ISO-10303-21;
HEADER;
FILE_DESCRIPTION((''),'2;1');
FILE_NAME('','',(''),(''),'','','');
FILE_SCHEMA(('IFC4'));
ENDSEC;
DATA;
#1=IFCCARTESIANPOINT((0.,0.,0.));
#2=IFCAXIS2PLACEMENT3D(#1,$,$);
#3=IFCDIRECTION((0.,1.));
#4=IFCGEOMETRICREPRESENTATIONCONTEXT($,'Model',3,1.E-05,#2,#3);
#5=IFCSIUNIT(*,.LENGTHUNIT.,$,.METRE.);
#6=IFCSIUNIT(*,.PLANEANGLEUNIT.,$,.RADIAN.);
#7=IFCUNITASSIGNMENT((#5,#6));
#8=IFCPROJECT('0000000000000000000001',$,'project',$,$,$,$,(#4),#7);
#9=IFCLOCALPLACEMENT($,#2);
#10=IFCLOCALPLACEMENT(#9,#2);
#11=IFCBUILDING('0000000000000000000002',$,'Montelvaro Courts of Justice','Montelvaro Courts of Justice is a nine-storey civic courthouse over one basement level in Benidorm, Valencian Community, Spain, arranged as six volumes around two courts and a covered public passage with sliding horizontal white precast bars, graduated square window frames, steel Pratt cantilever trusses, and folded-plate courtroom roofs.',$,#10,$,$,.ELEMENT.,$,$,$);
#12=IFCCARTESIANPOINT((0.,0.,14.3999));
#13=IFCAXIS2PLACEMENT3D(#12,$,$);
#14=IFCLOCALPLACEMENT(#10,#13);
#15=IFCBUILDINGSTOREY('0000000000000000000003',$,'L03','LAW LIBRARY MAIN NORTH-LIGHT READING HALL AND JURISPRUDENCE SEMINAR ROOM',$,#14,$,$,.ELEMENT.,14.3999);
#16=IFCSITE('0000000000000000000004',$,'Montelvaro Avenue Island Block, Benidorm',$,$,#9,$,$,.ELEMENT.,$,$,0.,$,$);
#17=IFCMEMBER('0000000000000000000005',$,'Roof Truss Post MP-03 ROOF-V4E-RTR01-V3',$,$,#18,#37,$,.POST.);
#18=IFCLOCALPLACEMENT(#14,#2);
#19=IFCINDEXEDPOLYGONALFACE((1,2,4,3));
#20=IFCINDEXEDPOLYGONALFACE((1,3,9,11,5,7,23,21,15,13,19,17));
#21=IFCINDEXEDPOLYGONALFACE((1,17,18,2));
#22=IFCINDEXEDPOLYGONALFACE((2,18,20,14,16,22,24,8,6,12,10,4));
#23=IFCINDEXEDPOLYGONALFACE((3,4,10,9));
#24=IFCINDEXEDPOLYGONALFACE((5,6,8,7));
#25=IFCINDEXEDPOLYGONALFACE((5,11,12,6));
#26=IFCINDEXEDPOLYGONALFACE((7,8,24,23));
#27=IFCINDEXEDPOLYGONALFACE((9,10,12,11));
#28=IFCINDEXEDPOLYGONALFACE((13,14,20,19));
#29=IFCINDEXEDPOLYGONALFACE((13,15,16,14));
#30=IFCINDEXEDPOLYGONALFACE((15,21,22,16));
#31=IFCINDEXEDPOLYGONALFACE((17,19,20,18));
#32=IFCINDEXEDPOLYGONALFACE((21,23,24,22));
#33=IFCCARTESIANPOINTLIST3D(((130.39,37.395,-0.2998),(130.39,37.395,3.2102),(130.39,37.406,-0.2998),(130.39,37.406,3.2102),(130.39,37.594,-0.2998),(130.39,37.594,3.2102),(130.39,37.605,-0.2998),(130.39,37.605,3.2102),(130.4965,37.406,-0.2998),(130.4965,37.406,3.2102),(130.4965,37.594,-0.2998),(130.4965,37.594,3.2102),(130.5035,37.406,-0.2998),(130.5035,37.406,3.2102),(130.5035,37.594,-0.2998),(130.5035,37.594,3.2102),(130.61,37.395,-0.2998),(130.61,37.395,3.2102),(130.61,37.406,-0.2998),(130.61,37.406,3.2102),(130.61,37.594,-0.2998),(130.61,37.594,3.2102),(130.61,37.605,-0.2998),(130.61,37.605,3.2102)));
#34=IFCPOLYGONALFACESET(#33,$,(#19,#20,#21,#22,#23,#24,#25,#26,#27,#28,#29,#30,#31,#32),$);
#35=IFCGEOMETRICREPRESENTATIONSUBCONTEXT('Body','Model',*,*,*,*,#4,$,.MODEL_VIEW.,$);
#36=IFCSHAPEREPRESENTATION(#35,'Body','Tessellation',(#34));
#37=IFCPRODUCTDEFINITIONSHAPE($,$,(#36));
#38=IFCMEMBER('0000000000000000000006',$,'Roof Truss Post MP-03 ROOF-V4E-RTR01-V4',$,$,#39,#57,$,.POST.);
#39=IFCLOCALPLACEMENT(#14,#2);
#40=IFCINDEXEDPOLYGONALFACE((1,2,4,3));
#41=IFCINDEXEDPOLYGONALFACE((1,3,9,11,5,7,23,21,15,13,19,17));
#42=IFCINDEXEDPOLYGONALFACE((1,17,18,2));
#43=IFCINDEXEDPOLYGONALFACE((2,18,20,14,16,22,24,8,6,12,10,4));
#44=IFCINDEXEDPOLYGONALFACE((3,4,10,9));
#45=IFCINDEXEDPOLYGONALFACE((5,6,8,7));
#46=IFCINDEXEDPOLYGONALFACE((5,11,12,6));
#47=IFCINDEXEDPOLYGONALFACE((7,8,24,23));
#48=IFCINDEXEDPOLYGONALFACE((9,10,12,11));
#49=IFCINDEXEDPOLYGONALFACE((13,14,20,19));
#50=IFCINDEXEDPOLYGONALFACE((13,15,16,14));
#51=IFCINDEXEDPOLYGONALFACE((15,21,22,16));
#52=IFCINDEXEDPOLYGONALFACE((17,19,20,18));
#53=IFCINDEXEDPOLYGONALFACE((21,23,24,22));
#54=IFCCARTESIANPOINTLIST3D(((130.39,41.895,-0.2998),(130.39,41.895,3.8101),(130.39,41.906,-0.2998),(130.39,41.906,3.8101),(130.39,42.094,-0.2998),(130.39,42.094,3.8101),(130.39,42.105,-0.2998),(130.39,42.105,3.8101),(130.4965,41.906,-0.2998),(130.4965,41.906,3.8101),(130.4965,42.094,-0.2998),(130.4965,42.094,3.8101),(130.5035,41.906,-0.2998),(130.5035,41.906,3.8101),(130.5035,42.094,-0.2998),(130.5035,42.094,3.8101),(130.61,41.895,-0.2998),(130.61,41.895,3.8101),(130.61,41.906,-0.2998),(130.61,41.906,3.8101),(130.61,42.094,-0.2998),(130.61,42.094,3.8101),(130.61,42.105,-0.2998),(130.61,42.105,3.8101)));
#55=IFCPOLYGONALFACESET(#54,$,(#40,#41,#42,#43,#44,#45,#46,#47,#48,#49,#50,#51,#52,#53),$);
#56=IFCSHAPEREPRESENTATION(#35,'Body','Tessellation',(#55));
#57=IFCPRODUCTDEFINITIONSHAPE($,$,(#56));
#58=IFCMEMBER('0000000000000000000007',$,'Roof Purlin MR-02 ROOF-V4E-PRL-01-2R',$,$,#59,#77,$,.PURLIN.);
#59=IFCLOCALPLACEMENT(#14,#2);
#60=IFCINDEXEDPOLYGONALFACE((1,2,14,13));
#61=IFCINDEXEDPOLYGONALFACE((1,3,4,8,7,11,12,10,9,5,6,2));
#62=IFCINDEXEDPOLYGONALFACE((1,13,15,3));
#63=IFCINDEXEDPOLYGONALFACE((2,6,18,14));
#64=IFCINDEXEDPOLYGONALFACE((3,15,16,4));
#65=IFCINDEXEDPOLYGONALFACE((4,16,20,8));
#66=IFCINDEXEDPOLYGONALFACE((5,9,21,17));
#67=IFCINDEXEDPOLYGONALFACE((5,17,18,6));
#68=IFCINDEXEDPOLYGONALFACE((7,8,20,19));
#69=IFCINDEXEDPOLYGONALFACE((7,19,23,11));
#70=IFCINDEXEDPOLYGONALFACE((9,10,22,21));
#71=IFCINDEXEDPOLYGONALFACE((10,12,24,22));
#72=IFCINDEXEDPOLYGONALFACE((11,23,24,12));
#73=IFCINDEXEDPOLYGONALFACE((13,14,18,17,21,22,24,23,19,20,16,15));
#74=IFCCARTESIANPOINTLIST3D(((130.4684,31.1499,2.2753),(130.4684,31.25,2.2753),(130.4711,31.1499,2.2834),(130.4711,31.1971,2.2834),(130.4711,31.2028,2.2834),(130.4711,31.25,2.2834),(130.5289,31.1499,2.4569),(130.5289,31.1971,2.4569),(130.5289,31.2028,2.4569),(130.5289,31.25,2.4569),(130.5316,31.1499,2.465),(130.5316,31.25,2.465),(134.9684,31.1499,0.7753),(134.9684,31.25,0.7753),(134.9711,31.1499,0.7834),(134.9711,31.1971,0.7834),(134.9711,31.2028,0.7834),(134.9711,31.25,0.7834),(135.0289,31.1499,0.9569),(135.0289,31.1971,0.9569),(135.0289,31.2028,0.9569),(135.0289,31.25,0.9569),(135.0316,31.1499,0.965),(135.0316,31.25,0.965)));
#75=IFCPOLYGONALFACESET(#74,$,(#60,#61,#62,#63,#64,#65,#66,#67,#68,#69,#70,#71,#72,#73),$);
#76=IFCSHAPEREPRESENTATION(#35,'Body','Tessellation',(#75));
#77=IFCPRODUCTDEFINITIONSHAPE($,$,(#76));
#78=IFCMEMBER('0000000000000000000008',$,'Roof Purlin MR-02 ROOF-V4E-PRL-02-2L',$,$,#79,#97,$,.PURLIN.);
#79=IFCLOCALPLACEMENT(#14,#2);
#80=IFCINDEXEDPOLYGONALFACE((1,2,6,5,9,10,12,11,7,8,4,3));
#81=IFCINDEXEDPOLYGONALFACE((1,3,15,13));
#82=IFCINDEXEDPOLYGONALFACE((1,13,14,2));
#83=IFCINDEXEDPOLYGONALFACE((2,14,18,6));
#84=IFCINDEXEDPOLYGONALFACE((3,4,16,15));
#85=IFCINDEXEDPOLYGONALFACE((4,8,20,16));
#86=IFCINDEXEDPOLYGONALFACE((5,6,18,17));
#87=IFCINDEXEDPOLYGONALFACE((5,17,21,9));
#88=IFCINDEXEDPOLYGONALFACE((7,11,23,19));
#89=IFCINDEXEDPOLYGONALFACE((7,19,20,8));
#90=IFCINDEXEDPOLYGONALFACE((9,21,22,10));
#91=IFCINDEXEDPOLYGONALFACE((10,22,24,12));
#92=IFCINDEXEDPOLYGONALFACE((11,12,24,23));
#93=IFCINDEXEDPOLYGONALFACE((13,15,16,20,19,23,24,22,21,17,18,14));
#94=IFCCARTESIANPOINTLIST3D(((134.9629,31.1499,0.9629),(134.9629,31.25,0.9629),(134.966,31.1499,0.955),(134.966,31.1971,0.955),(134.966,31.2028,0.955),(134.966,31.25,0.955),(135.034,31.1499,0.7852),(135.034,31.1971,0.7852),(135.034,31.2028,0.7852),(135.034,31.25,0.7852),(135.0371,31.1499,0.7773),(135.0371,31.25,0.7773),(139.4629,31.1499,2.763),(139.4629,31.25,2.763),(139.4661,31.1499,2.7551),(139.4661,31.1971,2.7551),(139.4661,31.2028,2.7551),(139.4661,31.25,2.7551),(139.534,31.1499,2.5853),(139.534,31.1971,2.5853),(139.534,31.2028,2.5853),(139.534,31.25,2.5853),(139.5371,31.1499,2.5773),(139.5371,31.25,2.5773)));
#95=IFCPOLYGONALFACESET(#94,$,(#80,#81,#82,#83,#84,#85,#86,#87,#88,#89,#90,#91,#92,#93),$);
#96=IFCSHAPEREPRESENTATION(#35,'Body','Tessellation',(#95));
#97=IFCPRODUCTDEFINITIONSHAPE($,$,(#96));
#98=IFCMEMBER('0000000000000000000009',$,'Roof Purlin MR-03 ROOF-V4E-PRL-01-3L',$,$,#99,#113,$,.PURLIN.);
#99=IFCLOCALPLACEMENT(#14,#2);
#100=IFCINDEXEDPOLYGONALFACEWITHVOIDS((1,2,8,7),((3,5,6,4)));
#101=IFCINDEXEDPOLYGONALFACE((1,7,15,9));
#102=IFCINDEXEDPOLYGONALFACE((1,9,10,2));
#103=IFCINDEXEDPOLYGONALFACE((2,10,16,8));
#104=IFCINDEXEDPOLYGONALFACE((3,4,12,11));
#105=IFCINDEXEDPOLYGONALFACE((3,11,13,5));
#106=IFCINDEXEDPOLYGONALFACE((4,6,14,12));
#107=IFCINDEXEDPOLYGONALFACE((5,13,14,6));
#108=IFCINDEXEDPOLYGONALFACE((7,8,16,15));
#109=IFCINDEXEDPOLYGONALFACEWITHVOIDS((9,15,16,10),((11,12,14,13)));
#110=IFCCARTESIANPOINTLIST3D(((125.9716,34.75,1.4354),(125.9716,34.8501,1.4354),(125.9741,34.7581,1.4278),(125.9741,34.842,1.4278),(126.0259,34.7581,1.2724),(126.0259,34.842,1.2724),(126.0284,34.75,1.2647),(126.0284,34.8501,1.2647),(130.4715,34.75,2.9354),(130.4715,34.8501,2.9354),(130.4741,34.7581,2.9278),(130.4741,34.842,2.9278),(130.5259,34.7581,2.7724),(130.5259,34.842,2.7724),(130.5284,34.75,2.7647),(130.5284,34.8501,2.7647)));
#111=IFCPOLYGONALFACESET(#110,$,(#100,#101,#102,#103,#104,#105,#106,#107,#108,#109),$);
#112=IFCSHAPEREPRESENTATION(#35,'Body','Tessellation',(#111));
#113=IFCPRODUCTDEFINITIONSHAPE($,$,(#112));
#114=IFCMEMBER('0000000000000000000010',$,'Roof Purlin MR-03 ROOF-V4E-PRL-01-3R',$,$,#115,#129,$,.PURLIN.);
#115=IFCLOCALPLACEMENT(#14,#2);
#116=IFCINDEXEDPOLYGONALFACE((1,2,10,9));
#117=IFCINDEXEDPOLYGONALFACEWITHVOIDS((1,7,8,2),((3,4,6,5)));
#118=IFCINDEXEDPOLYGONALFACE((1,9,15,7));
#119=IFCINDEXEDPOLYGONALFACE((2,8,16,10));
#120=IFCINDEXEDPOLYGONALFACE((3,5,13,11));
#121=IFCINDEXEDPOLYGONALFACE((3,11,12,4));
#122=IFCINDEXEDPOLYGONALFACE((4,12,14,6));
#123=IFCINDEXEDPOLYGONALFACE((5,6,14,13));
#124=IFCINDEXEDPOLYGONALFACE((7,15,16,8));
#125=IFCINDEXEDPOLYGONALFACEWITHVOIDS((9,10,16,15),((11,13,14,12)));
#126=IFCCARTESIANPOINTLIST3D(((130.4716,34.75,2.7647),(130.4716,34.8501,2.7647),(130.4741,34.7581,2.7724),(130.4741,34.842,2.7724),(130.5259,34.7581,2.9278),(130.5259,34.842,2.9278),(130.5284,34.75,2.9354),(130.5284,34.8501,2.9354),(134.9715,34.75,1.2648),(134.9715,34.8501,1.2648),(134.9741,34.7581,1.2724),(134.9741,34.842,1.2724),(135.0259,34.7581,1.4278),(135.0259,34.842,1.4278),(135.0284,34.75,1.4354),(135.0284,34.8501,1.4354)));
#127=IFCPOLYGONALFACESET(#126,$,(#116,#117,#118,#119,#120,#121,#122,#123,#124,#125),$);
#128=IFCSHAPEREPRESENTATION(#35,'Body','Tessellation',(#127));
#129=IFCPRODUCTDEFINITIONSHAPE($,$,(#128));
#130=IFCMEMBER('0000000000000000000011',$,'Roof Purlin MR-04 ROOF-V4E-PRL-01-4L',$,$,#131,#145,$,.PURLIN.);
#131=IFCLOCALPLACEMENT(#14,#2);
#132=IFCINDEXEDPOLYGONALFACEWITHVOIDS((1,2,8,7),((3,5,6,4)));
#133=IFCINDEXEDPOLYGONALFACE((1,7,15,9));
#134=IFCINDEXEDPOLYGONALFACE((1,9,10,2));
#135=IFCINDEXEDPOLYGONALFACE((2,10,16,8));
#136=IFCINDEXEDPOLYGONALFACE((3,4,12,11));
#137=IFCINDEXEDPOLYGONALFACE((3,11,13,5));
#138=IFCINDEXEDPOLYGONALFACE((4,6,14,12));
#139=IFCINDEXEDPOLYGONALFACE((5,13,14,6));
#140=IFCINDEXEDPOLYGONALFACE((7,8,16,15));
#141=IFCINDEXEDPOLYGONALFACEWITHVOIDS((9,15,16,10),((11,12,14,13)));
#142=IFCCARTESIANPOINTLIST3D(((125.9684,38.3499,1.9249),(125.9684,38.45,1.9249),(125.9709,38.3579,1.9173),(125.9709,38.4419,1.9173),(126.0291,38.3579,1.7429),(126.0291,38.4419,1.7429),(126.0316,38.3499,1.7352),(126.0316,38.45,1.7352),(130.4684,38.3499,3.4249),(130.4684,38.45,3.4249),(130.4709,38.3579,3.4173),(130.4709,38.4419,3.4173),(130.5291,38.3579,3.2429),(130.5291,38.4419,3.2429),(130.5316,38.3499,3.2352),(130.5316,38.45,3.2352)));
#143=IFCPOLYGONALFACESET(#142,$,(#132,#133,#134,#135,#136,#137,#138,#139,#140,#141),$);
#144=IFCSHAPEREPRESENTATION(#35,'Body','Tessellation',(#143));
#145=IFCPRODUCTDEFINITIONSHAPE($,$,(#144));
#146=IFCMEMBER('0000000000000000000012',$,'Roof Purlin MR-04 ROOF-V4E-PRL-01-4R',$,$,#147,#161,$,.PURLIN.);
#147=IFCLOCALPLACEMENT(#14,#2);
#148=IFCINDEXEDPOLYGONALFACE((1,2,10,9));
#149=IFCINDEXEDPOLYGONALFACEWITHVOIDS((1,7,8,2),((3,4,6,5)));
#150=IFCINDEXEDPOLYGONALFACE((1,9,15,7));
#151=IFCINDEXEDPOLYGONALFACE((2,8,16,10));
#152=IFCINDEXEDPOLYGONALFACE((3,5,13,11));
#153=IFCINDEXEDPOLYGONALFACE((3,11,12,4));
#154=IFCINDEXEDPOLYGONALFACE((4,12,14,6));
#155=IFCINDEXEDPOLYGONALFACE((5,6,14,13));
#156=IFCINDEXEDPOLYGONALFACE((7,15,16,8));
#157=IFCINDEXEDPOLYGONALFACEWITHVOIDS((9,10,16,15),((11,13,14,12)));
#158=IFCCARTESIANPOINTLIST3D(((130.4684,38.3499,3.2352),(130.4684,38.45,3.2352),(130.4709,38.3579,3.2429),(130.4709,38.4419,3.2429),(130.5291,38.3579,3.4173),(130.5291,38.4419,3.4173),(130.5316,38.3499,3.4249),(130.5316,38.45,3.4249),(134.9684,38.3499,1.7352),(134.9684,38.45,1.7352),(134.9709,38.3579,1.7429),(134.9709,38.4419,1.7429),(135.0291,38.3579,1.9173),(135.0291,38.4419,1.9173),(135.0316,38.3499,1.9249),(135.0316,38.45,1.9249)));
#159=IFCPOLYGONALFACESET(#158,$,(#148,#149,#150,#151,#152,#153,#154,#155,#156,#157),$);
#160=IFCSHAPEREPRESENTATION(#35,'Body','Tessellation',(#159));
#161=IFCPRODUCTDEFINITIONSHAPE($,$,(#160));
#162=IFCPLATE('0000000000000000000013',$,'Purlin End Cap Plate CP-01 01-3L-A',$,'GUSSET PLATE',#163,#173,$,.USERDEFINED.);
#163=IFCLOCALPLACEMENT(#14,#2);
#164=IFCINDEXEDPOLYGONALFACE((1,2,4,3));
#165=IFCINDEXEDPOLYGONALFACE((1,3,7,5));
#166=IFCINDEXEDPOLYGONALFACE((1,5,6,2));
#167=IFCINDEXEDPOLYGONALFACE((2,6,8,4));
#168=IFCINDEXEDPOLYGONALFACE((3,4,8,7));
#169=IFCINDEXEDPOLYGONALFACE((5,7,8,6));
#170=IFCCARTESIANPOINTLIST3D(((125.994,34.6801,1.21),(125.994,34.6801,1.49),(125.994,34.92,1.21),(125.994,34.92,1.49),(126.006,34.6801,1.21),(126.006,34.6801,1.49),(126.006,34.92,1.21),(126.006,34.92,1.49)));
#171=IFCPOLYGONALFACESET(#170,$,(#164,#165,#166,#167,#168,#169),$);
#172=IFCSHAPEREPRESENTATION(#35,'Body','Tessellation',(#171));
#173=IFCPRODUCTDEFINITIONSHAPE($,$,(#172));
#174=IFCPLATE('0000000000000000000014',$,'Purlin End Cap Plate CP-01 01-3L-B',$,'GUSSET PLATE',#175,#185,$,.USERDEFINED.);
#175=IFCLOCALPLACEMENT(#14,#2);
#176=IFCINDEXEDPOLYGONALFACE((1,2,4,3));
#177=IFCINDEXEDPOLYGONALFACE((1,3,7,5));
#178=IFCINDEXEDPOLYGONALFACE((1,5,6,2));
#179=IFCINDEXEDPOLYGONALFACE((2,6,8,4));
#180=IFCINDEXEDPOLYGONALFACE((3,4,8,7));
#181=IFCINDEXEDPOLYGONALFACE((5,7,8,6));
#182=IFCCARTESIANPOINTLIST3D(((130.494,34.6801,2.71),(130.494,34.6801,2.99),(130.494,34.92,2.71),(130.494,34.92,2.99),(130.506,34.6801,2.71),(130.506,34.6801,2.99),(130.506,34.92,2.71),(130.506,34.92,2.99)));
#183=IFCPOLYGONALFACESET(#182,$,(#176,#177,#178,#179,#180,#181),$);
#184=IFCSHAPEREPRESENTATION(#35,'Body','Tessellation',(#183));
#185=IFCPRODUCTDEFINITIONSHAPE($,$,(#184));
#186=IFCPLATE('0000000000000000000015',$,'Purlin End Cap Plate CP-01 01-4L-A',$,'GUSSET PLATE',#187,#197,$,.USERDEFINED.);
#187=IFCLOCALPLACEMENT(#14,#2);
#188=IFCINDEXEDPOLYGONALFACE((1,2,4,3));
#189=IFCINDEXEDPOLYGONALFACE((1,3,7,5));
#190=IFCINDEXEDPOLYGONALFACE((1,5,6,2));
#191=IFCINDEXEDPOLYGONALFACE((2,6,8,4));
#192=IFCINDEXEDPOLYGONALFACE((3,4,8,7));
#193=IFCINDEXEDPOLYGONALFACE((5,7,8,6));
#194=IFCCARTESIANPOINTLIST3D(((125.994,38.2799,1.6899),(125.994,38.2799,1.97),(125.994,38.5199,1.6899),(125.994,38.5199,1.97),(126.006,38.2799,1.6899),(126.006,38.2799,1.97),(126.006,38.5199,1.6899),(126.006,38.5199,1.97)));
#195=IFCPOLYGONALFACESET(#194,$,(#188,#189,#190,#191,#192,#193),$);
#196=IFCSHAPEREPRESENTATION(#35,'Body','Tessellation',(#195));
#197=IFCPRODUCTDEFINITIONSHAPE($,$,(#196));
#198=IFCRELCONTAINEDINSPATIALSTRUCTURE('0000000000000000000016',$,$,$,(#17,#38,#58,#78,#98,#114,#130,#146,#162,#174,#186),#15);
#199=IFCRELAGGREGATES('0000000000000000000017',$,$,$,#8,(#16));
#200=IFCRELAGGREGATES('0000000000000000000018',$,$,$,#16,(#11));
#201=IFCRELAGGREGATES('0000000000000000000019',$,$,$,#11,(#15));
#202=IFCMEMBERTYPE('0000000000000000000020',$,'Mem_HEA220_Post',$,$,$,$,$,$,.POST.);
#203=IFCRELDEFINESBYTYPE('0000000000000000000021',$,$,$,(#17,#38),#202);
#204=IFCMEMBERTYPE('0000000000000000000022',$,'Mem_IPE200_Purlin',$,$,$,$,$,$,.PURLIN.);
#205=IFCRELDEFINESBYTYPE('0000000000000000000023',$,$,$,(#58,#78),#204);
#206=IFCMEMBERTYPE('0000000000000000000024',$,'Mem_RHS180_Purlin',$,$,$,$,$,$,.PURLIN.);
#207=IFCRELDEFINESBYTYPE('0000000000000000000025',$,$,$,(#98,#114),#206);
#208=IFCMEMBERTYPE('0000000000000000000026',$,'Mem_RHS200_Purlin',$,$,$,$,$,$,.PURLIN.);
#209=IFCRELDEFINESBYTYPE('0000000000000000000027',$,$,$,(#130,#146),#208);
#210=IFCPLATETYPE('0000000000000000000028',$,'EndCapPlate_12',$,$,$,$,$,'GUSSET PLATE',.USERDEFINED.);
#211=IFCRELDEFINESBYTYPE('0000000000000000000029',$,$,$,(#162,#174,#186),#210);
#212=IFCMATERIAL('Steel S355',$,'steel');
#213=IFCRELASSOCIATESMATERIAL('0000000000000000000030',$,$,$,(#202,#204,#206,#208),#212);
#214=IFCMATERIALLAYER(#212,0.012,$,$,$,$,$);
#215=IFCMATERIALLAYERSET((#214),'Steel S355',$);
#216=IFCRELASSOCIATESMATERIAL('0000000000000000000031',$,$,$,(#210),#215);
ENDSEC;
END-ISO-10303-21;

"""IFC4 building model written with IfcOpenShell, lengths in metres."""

from ifc_helpers import new_model, si_unit, direction, frame, origin, origin_2d, place, context, subcontext, project, spatial, rectangle, hollow_rectangle, i_section, extrude, material, layer, layer_set, material_profile, profile_set, type_object, element, save


model = new_model("IFC4")

# Units and contexts
model_context = context("Model", 3, precision=1e-05, world=origin(), true_north=direction((0.0, 1.0)))
body_context = subcontext(model_context, "Body", "Model", "MODEL_VIEW")
ifc_project = project(units=[si_unit("LENGTHUNIT", "METRE"), si_unit("PLANEANGLEUNIT", "RADIAN")], contexts=[model_context])

# Site, building, storey
site_placement = place(None, origin())
site = spatial("IfcSite", under=ifc_project, at=site_placement, Name="Montelvaro Avenue Island Block, Benidorm", CompositionType="ELEMENT", RefElevation=0.0)
building_placement = place(site_placement, origin())
building = spatial("IfcBuilding", under=site, at=building_placement, Name="Montelvaro Courts of Justice", Description="Montelvaro Courts of Justice is a nine-storey civic courthouse over one basement level in Benidorm, Valencian Community, Spain, arranged as six volumes around two courts and a covered public passage with sliding horizontal white precast bars, graduated square window frames, steel Pratt cantilever trusses, and folded-plate courtroom roofs.", CompositionType="ELEMENT")
storey_placement = place(building_placement, frame((0.0, 0.0, 14.3999)))
storey = spatial("IfcBuildingStorey", under=building, at=storey_placement, Name="L03", Description="LAW LIBRARY MAIN NORTH-LIGHT READING HALL AND JURISPRUDENCE SEMINAR ROOM", CompositionType="ELEMENT", Elevation=14.3999)

# Members
ifc_material_1 = material(Name="Steel S355", Category="steel")
ifc_material_profile_1 = material_profile(ifc_material_1, i_section(OverallWidth=0.22, OverallDepth=0.21, WebThickness=0.0071, FlangeThickness=0.011, at=origin_2d()), Name="HEA 220")
ifc_profile_set_1 = profile_set([ifc_material_profile_1], Name="Steel S355")
member_type_1 = type_object("IfcMemberType", Name="Mem_HEA220_Post", PredefinedType="POST", material=ifc_profile_set_1)
member_1_placement = place(storey_placement, frame((130.5, 37.5, -0.2998), z_axis=(0.0, 0.0, 1.0), x_axis=(1.0, 0.0, 0.0)))
element("IfcMember", 1, at=member_1_placement, inside=storey, type_object=member_type_1, Name="Roof Truss Post MP-03 ROOF-V4E-RTR01-V3", PredefinedType="POST", context=body_context, shape_type="SweptSolid", body=[
    extrude(i_section(OverallWidth=0.22, OverallDepth=0.21, WebThickness=0.0071, FlangeThickness=0.011, at=origin_2d()), origin(), (0.0, 0.0, 1.0), 3.51),
])
member_2_placement = place(storey_placement, frame((130.5, 42.0, -0.2998), z_axis=(0.0, 0.0, 1.0), x_axis=(1.0, 0.0, 0.0)))
element("IfcMember", 2, at=member_2_placement, inside=storey, type_object=member_type_1, Name="Roof Truss Post MP-03 ROOF-V4E-RTR01-V4", PredefinedType="POST", context=body_context, shape_type="SweptSolid", body=[
    extrude(i_section(OverallWidth=0.22, OverallDepth=0.21, WebThickness=0.0071, FlangeThickness=0.011, at=origin_2d()), origin(), (0.0, 0.0, 1.0), 4.1099),
])
ifc_material_profile_2 = material_profile(ifc_material_1, i_section(OverallWidth=0.1001, OverallDepth=0.2, WebThickness=0.0056, FlangeThickness=0.0085, at=origin_2d()), Name="IPE 200")
ifc_profile_set_2 = profile_set([ifc_material_profile_2], Name="Steel S355")
member_type_2 = type_object("IfcMemberType", Name="Mem_IPE200_Purlin", PredefinedType="PURLIN", material=ifc_profile_set_2)
member_3_placement = place(storey_placement, frame((130.5, 31.2, 2.3701), z_axis=(0.948683, 0.0, -0.316228), x_axis=(0.0, 1.0, 0.0)))
element("IfcMember", 3, at=member_3_placement, inside=storey, type_object=member_type_2, Name="Roof Purlin MR-02 ROOF-V4E-PRL-01-2R", PredefinedType="PURLIN", context=body_context, shape_type="SweptSolid", body=[
    extrude(i_section(OverallWidth=0.1001, OverallDepth=0.2, WebThickness=0.0056, FlangeThickness=0.0085, at=origin_2d()), origin(), (0.0, 0.0, 1.0), 4.7434),
])
member_4_placement = place(storey_placement, frame((135.0, 31.2, 0.8701), z_axis=(0.928473, 0.0, 0.371399), x_axis=(0.0, 1.0, 0.0)))
element("IfcMember", 4, at=member_4_placement, inside=storey, type_object=member_type_2, Name="Roof Purlin MR-02 ROOF-V4E-PRL-02-2L", PredefinedType="PURLIN", context=body_context, shape_type="SweptSolid", body=[
    extrude(i_section(OverallWidth=0.1001, OverallDepth=0.2, WebThickness=0.0056, FlangeThickness=0.0085, at=origin_2d()), origin(), (0.0, 0.0, 1.0), 4.8467),
])
ifc_material_profile_3 = material_profile(ifc_material_1, hollow_rectangle(XDim=0.1001, YDim=0.1799, WallThickness=0.0081, at=origin_2d()), Name="RHS 180x100x8")
ifc_profile_set_3 = profile_set([ifc_material_profile_3], Name="Steel S355")
member_type_3 = type_object("IfcMemberType", Name="Mem_RHS180_Purlin", PredefinedType="PURLIN", material=ifc_profile_set_3)
for number, where, z_axis, x_axis, name in (
    (5, (126.0, 34.8, 1.3501), (0.948683, 0.0, 0.316228), (0.0, 1.0, 0.0), "Roof Purlin MR-03 ROOF-V4E-PRL-01-3L"),
    (6, (130.5, 34.8, 2.8501), (0.948683, 0.0, -0.316228), (0.0, 1.0, 0.0), "Roof Purlin MR-03 ROOF-V4E-PRL-01-3R"),
):
    element("IfcMember", number, at=place(storey_placement, frame(where, z_axis=z_axis, x_axis=x_axis)), inside=storey, type_object=member_type_3, Name=name, PredefinedType="PURLIN", context=body_context, shape_type="SweptSolid", body=[
        extrude(hollow_rectangle(XDim=0.1001, YDim=0.1799, WallThickness=0.0081, at=origin_2d()), origin(), (0.0, 0.0, 1.0), 4.7434),
    ])
ifc_material_profile_4 = material_profile(ifc_material_1, hollow_rectangle(XDim=0.1001, YDim=0.2, WallThickness=0.0081, at=origin_2d()), Name="RHS 200x100x8")
ifc_profile_set_4 = profile_set([ifc_material_profile_4], Name="Steel S355")
member_type_4 = type_object("IfcMemberType", Name="Mem_RHS200_Purlin", PredefinedType="PURLIN", material=ifc_profile_set_4)
for number, where, z_axis, x_axis, name in (
    (7, (126.0, 38.3999, 1.8301), (0.948683, 0.0, 0.316228), (0.0, 1.0, 0.0), "Roof Purlin MR-04 ROOF-V4E-PRL-01-4L"),
    (8, (130.5, 38.3999, 3.3301), (0.948683, 0.0, -0.316228), (0.0, 1.0, 0.0), "Roof Purlin MR-04 ROOF-V4E-PRL-01-4R"),
):
    element("IfcMember", number, at=place(storey_placement, frame(where, z_axis=z_axis, x_axis=x_axis)), inside=storey, type_object=member_type_4, Name=name, PredefinedType="PURLIN", context=body_context, shape_type="SweptSolid", body=[
        extrude(hollow_rectangle(XDim=0.1001, YDim=0.2, WallThickness=0.0081, at=origin_2d()), origin(), (0.0, 0.0, 1.0), 4.7434),
    ])

# Plates
ifc_layer_1 = layer(ifc_material_1, 0.012)
ifc_layer_set_1 = layer_set([ifc_layer_1], Name="Steel S355")
plate_type_1 = type_object("IfcPlateType", Name="EndCapPlate_12", ElementType="GUSSET PLATE", PredefinedType="USERDEFINED", material=ifc_layer_set_1)
for number, where, z_axis, x_axis, name in (
    (9, (126.0, 34.8, 1.21), (0.0, 0.0, 1.0), (1.0, 0.0, 0.0), "Purlin End Cap Plate CP-01 01-3L-A"),
    (10, (130.5, 34.8, 2.71), (0.0, 0.0, 1.0), (1.0, 0.0, 0.0), "Purlin End Cap Plate CP-01 01-3L-B"),
    (11, (126.0, 38.3999, 1.6899), (0.0, 0.0, 1.0), (1.0, 0.0, 0.0), "Purlin End Cap Plate CP-01 01-4L-A"),
):
    element("IfcPlate", number, at=place(storey_placement, frame(where, z_axis=z_axis, x_axis=x_axis)), inside=storey, type_object=plate_type_1, Name=name, ObjectType="GUSSET PLATE", PredefinedType="USERDEFINED", context=body_context, shape_type="SweptSolid", body=[
        extrude(rectangle(XDim=0.012, YDim=0.24, at=origin_2d()), origin(), (0.0, 0.0, 1.0), 0.28),
    ])

save(model, "model.ifc")
